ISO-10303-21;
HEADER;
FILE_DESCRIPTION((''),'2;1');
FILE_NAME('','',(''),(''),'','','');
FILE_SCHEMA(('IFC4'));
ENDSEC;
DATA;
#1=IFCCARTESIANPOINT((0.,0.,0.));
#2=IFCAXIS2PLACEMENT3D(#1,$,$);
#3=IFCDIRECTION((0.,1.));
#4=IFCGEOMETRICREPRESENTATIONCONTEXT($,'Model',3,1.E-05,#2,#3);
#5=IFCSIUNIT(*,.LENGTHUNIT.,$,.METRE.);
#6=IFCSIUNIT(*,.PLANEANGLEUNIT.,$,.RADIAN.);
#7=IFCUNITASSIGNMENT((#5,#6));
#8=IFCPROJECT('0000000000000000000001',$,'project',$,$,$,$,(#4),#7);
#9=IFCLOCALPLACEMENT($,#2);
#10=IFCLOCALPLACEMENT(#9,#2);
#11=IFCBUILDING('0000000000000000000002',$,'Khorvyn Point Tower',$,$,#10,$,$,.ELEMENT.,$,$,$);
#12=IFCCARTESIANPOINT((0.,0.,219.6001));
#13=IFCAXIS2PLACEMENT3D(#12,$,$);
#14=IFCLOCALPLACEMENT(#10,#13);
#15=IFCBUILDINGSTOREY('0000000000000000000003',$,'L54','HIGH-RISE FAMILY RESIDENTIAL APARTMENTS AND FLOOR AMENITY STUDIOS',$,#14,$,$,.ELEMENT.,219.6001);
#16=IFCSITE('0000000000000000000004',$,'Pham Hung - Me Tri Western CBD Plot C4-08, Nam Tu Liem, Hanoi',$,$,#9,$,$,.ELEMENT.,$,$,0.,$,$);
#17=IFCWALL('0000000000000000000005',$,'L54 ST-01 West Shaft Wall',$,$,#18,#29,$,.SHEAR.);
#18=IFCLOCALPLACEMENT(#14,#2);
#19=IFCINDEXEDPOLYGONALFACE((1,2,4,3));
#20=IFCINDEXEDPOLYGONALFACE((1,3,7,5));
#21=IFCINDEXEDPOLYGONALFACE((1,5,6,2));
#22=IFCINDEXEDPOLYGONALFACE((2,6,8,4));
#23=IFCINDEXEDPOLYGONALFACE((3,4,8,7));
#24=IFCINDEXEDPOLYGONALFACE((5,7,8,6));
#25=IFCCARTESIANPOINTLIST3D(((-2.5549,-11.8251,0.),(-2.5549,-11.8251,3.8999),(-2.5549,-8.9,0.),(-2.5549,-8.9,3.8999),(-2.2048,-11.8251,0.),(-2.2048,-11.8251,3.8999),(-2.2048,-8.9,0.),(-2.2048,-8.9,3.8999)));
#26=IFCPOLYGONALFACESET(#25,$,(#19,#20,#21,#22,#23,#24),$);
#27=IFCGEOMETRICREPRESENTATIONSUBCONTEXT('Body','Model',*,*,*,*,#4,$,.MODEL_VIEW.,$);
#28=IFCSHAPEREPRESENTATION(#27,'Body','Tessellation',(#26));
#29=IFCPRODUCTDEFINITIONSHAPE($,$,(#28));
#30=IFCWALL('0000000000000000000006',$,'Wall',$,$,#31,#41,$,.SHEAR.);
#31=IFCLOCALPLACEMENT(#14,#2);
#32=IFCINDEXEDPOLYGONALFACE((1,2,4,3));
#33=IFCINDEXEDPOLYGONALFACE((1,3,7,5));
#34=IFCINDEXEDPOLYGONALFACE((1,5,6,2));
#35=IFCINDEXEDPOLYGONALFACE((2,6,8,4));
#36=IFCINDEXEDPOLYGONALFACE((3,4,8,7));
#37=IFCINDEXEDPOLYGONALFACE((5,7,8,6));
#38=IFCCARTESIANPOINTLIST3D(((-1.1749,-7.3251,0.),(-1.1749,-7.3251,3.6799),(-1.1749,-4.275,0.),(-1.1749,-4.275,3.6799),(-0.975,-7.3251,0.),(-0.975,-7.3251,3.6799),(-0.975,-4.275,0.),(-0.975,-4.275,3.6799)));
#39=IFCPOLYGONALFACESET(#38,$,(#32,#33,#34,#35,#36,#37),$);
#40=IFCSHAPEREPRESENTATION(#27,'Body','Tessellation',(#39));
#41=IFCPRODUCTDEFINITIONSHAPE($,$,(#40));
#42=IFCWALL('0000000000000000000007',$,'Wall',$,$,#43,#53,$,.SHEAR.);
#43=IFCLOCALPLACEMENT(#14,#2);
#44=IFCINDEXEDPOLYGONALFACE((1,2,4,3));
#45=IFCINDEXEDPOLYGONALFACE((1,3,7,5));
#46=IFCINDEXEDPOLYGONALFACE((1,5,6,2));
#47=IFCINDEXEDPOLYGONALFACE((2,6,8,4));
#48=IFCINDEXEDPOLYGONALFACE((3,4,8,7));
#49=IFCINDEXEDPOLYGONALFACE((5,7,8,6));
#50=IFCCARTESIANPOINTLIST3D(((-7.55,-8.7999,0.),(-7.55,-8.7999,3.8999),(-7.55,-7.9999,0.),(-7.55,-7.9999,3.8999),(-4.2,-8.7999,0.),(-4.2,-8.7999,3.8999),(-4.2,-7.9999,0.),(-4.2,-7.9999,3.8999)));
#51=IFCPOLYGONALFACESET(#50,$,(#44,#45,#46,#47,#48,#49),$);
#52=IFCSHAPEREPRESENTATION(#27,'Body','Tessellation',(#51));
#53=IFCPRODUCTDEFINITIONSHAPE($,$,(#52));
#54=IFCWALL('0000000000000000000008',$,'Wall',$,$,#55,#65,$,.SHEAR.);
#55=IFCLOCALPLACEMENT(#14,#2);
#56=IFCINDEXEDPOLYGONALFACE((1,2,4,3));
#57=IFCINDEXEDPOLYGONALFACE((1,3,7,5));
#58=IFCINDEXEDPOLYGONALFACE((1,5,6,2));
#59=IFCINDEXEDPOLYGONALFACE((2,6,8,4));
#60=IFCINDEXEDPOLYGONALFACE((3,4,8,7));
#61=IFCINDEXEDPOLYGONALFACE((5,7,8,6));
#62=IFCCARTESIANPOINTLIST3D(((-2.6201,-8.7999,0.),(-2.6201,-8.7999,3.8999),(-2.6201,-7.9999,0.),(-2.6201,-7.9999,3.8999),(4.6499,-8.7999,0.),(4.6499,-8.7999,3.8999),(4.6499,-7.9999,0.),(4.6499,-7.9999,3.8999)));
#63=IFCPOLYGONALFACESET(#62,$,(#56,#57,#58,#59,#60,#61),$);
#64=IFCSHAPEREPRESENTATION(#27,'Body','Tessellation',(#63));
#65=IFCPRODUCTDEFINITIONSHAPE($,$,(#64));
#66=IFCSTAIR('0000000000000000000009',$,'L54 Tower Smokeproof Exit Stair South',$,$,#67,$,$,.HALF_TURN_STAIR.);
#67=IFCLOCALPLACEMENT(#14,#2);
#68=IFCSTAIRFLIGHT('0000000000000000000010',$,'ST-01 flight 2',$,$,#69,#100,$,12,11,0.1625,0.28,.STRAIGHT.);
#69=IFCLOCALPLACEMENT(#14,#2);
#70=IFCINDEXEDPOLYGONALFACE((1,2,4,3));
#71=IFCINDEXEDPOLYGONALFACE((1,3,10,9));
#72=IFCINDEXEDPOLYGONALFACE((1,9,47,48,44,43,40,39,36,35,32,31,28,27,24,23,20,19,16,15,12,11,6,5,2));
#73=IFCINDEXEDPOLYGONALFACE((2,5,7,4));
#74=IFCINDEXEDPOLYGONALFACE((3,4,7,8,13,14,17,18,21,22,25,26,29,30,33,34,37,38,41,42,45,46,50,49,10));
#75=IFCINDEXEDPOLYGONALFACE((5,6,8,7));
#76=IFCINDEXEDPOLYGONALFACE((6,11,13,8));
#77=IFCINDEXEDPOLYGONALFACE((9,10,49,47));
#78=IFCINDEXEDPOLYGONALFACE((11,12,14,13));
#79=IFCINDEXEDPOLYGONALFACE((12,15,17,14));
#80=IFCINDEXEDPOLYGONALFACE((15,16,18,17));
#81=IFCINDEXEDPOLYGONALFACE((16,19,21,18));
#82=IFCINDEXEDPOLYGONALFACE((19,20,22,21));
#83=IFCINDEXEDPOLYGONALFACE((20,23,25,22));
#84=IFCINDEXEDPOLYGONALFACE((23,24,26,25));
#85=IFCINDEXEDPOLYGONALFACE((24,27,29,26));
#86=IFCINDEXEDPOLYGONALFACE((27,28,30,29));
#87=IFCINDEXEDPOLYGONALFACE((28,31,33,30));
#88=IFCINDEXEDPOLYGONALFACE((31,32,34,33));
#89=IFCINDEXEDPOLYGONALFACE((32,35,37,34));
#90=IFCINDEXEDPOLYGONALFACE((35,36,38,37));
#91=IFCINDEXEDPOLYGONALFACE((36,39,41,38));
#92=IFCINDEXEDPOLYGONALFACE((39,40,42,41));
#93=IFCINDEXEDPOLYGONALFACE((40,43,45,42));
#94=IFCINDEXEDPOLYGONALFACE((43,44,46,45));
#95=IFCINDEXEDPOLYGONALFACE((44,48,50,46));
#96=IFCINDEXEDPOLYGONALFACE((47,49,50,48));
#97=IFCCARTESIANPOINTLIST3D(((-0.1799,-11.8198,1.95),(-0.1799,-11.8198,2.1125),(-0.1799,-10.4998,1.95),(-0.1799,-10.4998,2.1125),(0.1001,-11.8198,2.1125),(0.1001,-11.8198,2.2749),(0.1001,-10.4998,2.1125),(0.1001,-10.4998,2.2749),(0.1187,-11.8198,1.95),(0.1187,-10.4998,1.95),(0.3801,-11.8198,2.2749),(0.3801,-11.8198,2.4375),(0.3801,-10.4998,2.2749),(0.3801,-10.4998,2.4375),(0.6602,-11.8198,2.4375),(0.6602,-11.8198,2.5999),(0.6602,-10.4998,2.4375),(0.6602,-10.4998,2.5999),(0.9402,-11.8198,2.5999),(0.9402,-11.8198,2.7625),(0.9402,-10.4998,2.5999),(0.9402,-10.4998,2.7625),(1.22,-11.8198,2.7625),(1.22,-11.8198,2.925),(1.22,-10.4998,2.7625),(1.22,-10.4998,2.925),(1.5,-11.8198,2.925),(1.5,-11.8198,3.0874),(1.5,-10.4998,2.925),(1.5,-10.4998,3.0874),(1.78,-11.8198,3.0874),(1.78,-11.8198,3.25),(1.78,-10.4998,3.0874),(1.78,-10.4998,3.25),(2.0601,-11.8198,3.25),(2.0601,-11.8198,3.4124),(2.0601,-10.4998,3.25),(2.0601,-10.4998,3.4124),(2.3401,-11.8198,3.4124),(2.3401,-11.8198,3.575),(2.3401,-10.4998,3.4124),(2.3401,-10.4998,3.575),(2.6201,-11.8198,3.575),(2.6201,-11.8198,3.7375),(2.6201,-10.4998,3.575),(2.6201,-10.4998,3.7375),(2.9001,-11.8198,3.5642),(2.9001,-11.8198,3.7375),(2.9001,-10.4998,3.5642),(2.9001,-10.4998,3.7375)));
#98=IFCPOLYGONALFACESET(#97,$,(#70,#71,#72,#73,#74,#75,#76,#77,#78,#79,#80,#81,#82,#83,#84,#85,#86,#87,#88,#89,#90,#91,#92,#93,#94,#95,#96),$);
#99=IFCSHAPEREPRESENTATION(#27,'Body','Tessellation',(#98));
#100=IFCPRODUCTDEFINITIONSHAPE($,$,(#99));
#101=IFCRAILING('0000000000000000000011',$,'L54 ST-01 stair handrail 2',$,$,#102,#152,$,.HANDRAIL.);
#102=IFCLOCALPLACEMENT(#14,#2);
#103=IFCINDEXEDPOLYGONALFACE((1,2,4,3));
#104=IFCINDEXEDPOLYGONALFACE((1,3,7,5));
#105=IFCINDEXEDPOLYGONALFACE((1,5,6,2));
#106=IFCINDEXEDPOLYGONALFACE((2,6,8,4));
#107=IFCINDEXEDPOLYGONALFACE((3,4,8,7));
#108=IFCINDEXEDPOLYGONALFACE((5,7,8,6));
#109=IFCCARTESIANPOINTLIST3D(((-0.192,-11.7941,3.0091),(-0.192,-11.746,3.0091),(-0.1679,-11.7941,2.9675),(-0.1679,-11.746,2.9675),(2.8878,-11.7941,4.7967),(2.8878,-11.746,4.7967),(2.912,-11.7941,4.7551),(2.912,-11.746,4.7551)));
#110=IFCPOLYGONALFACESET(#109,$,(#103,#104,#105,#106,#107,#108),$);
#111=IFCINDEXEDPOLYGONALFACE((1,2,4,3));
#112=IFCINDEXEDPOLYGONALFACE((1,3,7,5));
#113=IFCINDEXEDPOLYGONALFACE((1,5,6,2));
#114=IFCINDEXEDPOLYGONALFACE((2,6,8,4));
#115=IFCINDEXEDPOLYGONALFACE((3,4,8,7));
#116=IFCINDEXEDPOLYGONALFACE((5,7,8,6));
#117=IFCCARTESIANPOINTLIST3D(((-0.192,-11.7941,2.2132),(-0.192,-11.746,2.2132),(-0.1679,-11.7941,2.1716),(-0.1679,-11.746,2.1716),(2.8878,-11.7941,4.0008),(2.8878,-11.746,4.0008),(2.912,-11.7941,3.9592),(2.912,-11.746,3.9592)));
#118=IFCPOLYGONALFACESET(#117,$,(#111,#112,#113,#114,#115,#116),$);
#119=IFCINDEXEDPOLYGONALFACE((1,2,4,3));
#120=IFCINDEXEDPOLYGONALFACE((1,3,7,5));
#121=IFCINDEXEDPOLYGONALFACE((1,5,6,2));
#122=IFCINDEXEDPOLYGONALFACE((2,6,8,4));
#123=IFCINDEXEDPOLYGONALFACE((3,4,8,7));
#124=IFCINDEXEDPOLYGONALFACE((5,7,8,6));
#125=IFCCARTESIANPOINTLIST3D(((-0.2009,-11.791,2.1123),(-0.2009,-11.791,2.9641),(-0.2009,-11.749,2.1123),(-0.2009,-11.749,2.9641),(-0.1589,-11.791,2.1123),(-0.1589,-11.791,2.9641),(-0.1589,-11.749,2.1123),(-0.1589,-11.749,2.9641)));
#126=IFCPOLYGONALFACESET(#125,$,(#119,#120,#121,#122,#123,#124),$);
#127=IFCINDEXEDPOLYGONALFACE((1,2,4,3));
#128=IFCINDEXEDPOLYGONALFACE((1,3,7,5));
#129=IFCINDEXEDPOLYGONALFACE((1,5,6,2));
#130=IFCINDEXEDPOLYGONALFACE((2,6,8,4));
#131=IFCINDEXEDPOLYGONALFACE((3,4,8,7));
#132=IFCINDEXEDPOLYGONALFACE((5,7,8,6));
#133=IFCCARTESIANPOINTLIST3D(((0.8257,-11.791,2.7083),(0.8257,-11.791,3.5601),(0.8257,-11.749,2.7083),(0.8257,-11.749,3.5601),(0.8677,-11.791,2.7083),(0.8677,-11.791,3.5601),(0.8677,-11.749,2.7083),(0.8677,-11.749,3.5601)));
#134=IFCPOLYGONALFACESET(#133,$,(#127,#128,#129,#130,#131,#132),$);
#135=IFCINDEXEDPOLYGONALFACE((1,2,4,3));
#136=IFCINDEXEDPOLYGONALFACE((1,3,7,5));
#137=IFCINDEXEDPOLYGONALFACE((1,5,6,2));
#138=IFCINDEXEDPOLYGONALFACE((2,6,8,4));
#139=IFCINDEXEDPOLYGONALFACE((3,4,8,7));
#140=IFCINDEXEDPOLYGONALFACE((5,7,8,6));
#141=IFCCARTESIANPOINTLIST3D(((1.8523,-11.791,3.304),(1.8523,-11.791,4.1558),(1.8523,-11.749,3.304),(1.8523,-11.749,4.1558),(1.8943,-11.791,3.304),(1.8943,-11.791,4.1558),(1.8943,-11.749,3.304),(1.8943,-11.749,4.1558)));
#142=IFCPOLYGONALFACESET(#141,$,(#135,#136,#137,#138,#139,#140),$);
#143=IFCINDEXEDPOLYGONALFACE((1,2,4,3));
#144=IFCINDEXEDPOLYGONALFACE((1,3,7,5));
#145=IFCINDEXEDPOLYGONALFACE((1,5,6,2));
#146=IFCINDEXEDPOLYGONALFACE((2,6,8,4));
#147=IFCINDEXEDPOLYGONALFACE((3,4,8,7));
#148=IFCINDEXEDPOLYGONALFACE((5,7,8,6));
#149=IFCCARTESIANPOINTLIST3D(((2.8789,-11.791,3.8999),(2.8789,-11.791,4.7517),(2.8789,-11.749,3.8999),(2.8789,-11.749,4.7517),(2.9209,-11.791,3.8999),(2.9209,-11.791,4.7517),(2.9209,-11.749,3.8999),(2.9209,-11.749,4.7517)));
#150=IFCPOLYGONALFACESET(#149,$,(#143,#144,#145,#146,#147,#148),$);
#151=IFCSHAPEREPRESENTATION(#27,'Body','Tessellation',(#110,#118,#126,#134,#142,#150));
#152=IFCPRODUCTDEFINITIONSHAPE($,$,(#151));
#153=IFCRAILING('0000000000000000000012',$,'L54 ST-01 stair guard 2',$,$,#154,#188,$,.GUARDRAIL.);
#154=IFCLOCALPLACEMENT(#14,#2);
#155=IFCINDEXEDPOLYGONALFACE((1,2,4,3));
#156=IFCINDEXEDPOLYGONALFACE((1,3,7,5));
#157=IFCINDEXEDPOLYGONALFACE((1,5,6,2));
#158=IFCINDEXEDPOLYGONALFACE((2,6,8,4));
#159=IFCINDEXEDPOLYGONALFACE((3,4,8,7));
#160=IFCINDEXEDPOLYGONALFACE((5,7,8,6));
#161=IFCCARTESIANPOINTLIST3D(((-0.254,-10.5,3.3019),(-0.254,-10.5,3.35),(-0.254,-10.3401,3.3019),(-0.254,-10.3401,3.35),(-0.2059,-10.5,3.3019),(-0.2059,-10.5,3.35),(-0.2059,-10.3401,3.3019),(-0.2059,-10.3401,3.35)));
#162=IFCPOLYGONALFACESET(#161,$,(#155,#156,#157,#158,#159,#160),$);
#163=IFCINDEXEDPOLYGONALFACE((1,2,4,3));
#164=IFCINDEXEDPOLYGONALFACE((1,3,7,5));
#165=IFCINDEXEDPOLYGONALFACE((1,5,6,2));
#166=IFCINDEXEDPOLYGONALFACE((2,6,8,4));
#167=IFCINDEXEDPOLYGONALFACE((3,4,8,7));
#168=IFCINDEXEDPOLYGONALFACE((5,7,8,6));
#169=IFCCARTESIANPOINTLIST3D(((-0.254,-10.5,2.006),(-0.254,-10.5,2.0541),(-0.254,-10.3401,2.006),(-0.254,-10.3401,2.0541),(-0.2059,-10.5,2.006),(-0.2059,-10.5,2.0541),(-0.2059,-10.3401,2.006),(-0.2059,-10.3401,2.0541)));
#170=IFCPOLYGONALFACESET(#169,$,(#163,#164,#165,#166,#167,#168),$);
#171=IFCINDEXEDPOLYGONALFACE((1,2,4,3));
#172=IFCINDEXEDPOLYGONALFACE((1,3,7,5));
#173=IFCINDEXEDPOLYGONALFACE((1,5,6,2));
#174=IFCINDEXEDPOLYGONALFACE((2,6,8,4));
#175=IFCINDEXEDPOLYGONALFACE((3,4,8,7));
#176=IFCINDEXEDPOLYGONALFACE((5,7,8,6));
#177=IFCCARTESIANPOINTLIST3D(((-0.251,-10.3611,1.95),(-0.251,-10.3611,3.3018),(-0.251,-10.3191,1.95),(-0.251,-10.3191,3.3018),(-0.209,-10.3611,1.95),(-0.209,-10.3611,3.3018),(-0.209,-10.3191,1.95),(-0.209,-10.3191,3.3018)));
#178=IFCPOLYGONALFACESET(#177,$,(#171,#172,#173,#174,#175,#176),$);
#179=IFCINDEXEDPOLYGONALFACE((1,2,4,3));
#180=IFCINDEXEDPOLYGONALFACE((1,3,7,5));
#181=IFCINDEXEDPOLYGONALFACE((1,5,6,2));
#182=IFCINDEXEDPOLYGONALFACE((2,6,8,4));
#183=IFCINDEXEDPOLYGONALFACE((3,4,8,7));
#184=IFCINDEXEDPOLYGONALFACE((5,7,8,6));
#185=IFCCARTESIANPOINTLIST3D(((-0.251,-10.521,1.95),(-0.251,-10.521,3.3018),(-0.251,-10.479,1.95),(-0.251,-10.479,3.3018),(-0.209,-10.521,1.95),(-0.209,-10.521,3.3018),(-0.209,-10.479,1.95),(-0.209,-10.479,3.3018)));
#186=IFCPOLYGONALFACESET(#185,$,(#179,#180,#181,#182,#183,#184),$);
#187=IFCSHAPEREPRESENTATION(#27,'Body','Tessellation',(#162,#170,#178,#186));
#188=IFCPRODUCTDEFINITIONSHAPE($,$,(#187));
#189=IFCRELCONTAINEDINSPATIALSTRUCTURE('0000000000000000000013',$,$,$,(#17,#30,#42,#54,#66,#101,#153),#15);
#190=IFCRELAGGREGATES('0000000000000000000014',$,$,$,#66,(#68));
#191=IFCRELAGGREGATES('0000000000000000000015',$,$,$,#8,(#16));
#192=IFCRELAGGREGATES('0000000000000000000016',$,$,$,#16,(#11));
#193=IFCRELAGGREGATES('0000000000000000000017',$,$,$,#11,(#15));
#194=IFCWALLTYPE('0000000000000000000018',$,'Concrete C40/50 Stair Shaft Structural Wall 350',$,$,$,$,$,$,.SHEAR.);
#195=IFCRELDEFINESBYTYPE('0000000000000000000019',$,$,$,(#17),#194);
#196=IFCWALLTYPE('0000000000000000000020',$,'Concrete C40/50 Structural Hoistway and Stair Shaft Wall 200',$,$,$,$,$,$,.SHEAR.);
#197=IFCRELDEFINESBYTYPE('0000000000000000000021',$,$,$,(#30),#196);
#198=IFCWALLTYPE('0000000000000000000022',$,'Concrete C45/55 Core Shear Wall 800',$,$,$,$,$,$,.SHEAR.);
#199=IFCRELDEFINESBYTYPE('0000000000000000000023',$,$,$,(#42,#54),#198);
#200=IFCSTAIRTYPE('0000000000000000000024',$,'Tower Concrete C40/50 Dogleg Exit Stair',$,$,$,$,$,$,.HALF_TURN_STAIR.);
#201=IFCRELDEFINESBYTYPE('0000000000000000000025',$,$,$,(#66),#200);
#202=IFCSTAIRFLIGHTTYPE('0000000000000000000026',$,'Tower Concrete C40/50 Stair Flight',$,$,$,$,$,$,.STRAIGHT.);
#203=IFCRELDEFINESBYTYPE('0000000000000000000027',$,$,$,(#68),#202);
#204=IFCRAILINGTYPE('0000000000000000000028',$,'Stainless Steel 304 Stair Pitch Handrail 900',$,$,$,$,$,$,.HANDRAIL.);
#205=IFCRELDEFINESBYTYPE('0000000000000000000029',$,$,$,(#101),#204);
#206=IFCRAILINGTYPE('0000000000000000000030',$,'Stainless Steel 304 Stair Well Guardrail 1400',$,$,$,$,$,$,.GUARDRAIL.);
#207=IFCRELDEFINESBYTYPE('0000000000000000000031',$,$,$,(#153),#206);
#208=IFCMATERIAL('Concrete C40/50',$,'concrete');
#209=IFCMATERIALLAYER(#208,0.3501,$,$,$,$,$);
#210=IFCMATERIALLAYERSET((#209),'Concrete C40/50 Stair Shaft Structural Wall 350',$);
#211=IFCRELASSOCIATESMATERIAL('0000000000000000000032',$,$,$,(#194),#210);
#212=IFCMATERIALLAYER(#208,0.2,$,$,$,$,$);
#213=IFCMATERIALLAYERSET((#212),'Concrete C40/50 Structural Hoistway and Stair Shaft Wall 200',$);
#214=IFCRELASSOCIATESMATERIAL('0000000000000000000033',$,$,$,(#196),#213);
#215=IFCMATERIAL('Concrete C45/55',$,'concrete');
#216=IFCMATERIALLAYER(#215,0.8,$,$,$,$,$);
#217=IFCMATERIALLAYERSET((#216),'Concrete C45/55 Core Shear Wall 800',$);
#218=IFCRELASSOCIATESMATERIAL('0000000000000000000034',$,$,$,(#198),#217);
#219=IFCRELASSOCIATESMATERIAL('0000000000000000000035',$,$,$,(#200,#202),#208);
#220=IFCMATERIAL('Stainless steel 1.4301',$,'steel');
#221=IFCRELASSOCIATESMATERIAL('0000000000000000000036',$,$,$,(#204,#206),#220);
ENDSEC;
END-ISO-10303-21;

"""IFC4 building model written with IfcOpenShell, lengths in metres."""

from ifc_helpers import new_model, si_unit, direction, frame, frame_2d, origin, origin_2d, place, context, subcontext, project, spatial, polyline, rectangle, outline, extrude, material, layer, layer_set, type_object, element, aggregate, save


model = new_model("IFC4")

# Units and contexts
model_context = context("Model", 3, precision=1e-05, world=origin(), true_north=direction((0.0, 1.0)))
body_context = subcontext(model_context, "Body", "Model", "MODEL_VIEW")
ifc_project = project(units=[si_unit("LENGTHUNIT", "METRE"), si_unit("PLANEANGLEUNIT", "RADIAN")], contexts=[model_context])

# Site, building, storey
site_placement = place(None, origin())
site = spatial("IfcSite", under=ifc_project, at=site_placement, Name="Pham Hung - Me Tri Western CBD Plot C4-08, Nam Tu Liem, Hanoi", CompositionType="ELEMENT", RefElevation=0.0)
building_placement = place(site_placement, origin())
building = spatial("IfcBuilding", under=site, at=building_placement, Name="Khorvyn Point Tower", CompositionType="ELEMENT")
storey_placement = place(building_placement, frame((0.0, 0.0, 219.6001)))
storey = spatial("IfcBuildingStorey", under=building, at=storey_placement, Name="L54", Description="HIGH-RISE FAMILY RESIDENTIAL APARTMENTS AND FLOOR AMENITY STUDIOS", CompositionType="ELEMENT", Elevation=219.6001)

# Shared definitions
ifc_material_1 = material(Name="Concrete C45/55", Category="concrete")

# Shared definitions
ifc_material_2 = material(Name="Concrete C40/50", Category="concrete")

# Walls
ifc_layer_1 = layer(ifc_material_2, 0.3501)
ifc_layer_set_1 = layer_set([ifc_layer_1], Name="Concrete C40/50 Stair Shaft Structural Wall 350")
wall_type_1 = type_object("IfcWallType", Name="Concrete C40/50 Stair Shaft Structural Wall 350", PredefinedType="SHEAR", material=ifc_layer_set_1)
wall_1_placement = place(storey_placement, frame((-2.3799, -11.825, 0.0), z_axis=(0.0, 0.0, 1.0), x_axis=(0.0, 1.0, 0.0)))
element("IfcWall", 1, at=wall_1_placement, inside=storey, type_object=wall_type_1, Name="L54 ST-01 West Shaft Wall", PredefinedType="SHEAR", context=body_context, shape_type="SweptSolid", body=[
    extrude(rectangle(XDim=2.925, YDim=0.3501, at=frame_2d((1.4624, 0.0))), origin(), (0.0, 0.0, 1.0), 3.8999),
])
ifc_layer_2 = layer(ifc_material_2, 0.2)
ifc_layer_set_2 = layer_set([ifc_layer_2], Name="Concrete C40/50 Structural Hoistway and Stair Shaft Wall 200")
wall_type_2 = type_object("IfcWallType", Name="Concrete C40/50 Structural Hoistway and Stair Shaft Wall 200", PredefinedType="SHEAR", material=ifc_layer_set_2)
wall_2_placement = place(storey_placement, frame((-1.075, -7.325, 0.0), z_axis=(0.0, 0.0, 1.0), x_axis=(0.0, 1.0, 0.0)))
element("IfcWall", 2, at=wall_2_placement, inside=storey, type_object=wall_type_2, Name="Wall", PredefinedType="SHEAR", context=body_context, shape_type="SweptSolid", body=[
    extrude(rectangle(XDim=3.05, YDim=0.2, at=frame_2d((1.5249, 0.0))), origin(), (0.0, 0.0, 1.0), 3.6799),
])
ifc_layer_3 = layer(ifc_material_1, 0.8)
ifc_layer_set_3 = layer_set([ifc_layer_3], Name="Concrete C45/55 Core Shear Wall 800")
wall_type_3 = type_object("IfcWallType", Name="Concrete C45/55 Core Shear Wall 800", PredefinedType="SHEAR", material=ifc_layer_set_3)
wall_3_placement = place(storey_placement, frame((-7.55, -8.3999, 0.0), z_axis=(0.0, 0.0, 1.0), x_axis=(1.0, 0.0, 0.0)))
element("IfcWall", 3, at=wall_3_placement, inside=storey, type_object=wall_type_3, Name="Wall", PredefinedType="SHEAR", context=body_context, shape_type="SweptSolid", body=[
    extrude(rectangle(XDim=3.3501, YDim=0.8, at=frame_2d((1.675, 0.0))), origin(), (0.0, 0.0, 1.0), 3.8999),
])
wall_4_placement = place(storey_placement, frame((-2.6201, -8.3999, 0.0), z_axis=(0.0, 0.0, 1.0), x_axis=(1.0, 0.0, 0.0)))
element("IfcWall", 4, at=wall_4_placement, inside=storey, type_object=wall_type_3, Name="Wall", PredefinedType="SHEAR", context=body_context, shape_type="SweptSolid", body=[
    extrude(rectangle(XDim=7.27, YDim=0.8, at=frame_2d((3.635, 0.0))), origin(), (0.0, 0.0, 1.0), 3.8999),
])

# Stair, stair flight
stair_type = type_object("IfcStairType", Name="Tower Concrete C40/50 Dogleg Exit Stair", PredefinedType="HALF_TURN_STAIR", material=ifc_material_2)
stair_placement = place(storey_placement, origin())
stair = element("IfcStair", 5, at=stair_placement, inside=storey, type_object=stair_type, Name="L54 Tower Smokeproof Exit Stair South", PredefinedType="HALF_TURN_STAIR")
stair_flight_type = type_object("IfcStairFlightType", Name="Tower Concrete C40/50 Stair Flight", PredefinedType="STRAIGHT", material=ifc_material_2)
stair_flight_placement = place(storey_placement, frame((-0.1799, -11.1599, 1.95), z_axis=(0.0, 0.0, 1.0), x_axis=(1.0, 0.0, 0.0)))
stair_flight = element("IfcStairFlight", 6, at=stair_flight_placement, type_object=stair_flight_type, Name="ST-01 flight 2", NumberOfRisers=12, NumberOfTreads=11, PredefinedType="STRAIGHT", RiserHeight=0.1625, TreadLength=0.28, context=body_context, shape_type="SweptSolid", body=[
    extrude(outline(polyline([(0.0, 0.0), (0.0, 0.1626), (0.28, 0.1626), (0.28, 0.325), (0.5601, 0.325), (0.5601, 0.4875), (0.8401, 0.4875), (0.8401, 0.6499), (1.1201, 0.6499), (1.1201, 0.8125), (1.3999, 0.8125), (1.3999, 0.9751), (1.6799, 0.9751), (1.6799, 1.1375), (1.96, 1.1375), (1.96, 1.3), (2.24, 1.3), (2.24, 1.4624), (2.52, 1.4624), (2.52, 1.625), (2.8, 1.625), (2.8, 1.7876), (3.0801, 1.7876), (3.0801, 1.95), (3.0801, 1.6143), (0.2986, 0.0), (0.0, 0.0)])), frame((0.0, 0.6602, 0.0), z_axis=(0.0, -1.0, 0.0), x_axis=(1.0, 0.0, 0.0)), (0.0, 0.0, 1.0), 1.3201),
])
aggregate(stair, [stair_flight])

# Railings
ifc_material_3 = material(Name="Stainless steel 1.4301", Category="steel")
railing_type_1 = type_object("IfcRailingType", Name="Stainless Steel 304 Stair Pitch Handrail 900", PredefinedType="HANDRAIL", material=ifc_material_3)
railing_1_placement = place(storey_placement, frame((-0.1799, -11.77, 2.1123)))
element("IfcRailing", 7, at=railing_1_placement, inside=storey, type_object=railing_type_1, Name="L54 ST-01 stair handrail 2", PredefinedType="HANDRAIL", context=body_context, shape_type="SweptSolid", body=[
    extrude(rectangle(XDim=0.0481, YDim=0.0481, at=origin_2d()), frame((0.0, 0.0, 0.876), z_axis=(0.864873, 0.0, 0.50199), x_axis=(0.0, 1.0, 0.0)), (0.0, 0.0, 1.0), 3.561),
    extrude(rectangle(XDim=0.0481, YDim=0.0481, at=origin_2d()), frame((0.0, 0.0, 0.0801), z_axis=(0.864873, 0.0, 0.50199), x_axis=(0.0, 1.0, 0.0)), (0.0, 0.0, 1.0), 3.561),
    extrude(rectangle(XDim=0.042, YDim=0.042, at=origin_2d()), origin(), (0.0, 0.0, 1.0), 0.8518),
    extrude(rectangle(XDim=0.042, YDim=0.042, at=origin_2d()), frame((1.0266, 0.0, 0.5959)), (0.0, 0.0, 1.0), 0.8518),
    extrude(rectangle(XDim=0.042, YDim=0.042, at=origin_2d()), frame((2.0532, 0.0, 1.1917)), (0.0, 0.0, 1.0), 0.8518),
    extrude(rectangle(XDim=0.042, YDim=0.042, at=origin_2d()), frame((3.0798, 0.0, 1.7876)), (0.0, 0.0, 1.0), 0.8518),
])
railing_type_2 = type_object("IfcRailingType", Name="Stainless Steel 304 Stair Well Guardrail 1400", PredefinedType="GUARDRAIL", material=ifc_material_3)
railing_2_placement = place(storey_placement, frame((-0.23, -10.3401, 1.95)))
element("IfcRailing", 8, at=railing_2_placement, inside=storey, type_object=railing_type_2, Name="L54 ST-01 stair guard 2", PredefinedType="GUARDRAIL", context=body_context, shape_type="SweptSolid", body=[
    extrude(rectangle(XDim=0.0481, YDim=0.0481, at=origin_2d()), frame((0.0, 0.0, 1.376), z_axis=(0.0, -1.0, 0.0), x_axis=(1.0, 0.0, 0.0)), (0.0, 0.0, 1.0), 0.1599),
    extrude(rectangle(XDim=0.0481, YDim=0.0481, at=origin_2d()), frame((0.0, 0.0, 0.0801), z_axis=(0.0, -1.0, 0.0), x_axis=(1.0, 0.0, 0.0)), (0.0, 0.0, 1.0), 0.1599),
    extrude(rectangle(XDim=0.042, YDim=0.042, at=origin_2d()), origin(), (0.0, 0.0, 1.0), 1.3518),
    extrude(rectangle(XDim=0.042, YDim=0.042, at=origin_2d()), frame((0.0, -0.1599, 0.0)), (0.0, 0.0, 1.0), 1.3518),
])

save(model, "model.ifc")
